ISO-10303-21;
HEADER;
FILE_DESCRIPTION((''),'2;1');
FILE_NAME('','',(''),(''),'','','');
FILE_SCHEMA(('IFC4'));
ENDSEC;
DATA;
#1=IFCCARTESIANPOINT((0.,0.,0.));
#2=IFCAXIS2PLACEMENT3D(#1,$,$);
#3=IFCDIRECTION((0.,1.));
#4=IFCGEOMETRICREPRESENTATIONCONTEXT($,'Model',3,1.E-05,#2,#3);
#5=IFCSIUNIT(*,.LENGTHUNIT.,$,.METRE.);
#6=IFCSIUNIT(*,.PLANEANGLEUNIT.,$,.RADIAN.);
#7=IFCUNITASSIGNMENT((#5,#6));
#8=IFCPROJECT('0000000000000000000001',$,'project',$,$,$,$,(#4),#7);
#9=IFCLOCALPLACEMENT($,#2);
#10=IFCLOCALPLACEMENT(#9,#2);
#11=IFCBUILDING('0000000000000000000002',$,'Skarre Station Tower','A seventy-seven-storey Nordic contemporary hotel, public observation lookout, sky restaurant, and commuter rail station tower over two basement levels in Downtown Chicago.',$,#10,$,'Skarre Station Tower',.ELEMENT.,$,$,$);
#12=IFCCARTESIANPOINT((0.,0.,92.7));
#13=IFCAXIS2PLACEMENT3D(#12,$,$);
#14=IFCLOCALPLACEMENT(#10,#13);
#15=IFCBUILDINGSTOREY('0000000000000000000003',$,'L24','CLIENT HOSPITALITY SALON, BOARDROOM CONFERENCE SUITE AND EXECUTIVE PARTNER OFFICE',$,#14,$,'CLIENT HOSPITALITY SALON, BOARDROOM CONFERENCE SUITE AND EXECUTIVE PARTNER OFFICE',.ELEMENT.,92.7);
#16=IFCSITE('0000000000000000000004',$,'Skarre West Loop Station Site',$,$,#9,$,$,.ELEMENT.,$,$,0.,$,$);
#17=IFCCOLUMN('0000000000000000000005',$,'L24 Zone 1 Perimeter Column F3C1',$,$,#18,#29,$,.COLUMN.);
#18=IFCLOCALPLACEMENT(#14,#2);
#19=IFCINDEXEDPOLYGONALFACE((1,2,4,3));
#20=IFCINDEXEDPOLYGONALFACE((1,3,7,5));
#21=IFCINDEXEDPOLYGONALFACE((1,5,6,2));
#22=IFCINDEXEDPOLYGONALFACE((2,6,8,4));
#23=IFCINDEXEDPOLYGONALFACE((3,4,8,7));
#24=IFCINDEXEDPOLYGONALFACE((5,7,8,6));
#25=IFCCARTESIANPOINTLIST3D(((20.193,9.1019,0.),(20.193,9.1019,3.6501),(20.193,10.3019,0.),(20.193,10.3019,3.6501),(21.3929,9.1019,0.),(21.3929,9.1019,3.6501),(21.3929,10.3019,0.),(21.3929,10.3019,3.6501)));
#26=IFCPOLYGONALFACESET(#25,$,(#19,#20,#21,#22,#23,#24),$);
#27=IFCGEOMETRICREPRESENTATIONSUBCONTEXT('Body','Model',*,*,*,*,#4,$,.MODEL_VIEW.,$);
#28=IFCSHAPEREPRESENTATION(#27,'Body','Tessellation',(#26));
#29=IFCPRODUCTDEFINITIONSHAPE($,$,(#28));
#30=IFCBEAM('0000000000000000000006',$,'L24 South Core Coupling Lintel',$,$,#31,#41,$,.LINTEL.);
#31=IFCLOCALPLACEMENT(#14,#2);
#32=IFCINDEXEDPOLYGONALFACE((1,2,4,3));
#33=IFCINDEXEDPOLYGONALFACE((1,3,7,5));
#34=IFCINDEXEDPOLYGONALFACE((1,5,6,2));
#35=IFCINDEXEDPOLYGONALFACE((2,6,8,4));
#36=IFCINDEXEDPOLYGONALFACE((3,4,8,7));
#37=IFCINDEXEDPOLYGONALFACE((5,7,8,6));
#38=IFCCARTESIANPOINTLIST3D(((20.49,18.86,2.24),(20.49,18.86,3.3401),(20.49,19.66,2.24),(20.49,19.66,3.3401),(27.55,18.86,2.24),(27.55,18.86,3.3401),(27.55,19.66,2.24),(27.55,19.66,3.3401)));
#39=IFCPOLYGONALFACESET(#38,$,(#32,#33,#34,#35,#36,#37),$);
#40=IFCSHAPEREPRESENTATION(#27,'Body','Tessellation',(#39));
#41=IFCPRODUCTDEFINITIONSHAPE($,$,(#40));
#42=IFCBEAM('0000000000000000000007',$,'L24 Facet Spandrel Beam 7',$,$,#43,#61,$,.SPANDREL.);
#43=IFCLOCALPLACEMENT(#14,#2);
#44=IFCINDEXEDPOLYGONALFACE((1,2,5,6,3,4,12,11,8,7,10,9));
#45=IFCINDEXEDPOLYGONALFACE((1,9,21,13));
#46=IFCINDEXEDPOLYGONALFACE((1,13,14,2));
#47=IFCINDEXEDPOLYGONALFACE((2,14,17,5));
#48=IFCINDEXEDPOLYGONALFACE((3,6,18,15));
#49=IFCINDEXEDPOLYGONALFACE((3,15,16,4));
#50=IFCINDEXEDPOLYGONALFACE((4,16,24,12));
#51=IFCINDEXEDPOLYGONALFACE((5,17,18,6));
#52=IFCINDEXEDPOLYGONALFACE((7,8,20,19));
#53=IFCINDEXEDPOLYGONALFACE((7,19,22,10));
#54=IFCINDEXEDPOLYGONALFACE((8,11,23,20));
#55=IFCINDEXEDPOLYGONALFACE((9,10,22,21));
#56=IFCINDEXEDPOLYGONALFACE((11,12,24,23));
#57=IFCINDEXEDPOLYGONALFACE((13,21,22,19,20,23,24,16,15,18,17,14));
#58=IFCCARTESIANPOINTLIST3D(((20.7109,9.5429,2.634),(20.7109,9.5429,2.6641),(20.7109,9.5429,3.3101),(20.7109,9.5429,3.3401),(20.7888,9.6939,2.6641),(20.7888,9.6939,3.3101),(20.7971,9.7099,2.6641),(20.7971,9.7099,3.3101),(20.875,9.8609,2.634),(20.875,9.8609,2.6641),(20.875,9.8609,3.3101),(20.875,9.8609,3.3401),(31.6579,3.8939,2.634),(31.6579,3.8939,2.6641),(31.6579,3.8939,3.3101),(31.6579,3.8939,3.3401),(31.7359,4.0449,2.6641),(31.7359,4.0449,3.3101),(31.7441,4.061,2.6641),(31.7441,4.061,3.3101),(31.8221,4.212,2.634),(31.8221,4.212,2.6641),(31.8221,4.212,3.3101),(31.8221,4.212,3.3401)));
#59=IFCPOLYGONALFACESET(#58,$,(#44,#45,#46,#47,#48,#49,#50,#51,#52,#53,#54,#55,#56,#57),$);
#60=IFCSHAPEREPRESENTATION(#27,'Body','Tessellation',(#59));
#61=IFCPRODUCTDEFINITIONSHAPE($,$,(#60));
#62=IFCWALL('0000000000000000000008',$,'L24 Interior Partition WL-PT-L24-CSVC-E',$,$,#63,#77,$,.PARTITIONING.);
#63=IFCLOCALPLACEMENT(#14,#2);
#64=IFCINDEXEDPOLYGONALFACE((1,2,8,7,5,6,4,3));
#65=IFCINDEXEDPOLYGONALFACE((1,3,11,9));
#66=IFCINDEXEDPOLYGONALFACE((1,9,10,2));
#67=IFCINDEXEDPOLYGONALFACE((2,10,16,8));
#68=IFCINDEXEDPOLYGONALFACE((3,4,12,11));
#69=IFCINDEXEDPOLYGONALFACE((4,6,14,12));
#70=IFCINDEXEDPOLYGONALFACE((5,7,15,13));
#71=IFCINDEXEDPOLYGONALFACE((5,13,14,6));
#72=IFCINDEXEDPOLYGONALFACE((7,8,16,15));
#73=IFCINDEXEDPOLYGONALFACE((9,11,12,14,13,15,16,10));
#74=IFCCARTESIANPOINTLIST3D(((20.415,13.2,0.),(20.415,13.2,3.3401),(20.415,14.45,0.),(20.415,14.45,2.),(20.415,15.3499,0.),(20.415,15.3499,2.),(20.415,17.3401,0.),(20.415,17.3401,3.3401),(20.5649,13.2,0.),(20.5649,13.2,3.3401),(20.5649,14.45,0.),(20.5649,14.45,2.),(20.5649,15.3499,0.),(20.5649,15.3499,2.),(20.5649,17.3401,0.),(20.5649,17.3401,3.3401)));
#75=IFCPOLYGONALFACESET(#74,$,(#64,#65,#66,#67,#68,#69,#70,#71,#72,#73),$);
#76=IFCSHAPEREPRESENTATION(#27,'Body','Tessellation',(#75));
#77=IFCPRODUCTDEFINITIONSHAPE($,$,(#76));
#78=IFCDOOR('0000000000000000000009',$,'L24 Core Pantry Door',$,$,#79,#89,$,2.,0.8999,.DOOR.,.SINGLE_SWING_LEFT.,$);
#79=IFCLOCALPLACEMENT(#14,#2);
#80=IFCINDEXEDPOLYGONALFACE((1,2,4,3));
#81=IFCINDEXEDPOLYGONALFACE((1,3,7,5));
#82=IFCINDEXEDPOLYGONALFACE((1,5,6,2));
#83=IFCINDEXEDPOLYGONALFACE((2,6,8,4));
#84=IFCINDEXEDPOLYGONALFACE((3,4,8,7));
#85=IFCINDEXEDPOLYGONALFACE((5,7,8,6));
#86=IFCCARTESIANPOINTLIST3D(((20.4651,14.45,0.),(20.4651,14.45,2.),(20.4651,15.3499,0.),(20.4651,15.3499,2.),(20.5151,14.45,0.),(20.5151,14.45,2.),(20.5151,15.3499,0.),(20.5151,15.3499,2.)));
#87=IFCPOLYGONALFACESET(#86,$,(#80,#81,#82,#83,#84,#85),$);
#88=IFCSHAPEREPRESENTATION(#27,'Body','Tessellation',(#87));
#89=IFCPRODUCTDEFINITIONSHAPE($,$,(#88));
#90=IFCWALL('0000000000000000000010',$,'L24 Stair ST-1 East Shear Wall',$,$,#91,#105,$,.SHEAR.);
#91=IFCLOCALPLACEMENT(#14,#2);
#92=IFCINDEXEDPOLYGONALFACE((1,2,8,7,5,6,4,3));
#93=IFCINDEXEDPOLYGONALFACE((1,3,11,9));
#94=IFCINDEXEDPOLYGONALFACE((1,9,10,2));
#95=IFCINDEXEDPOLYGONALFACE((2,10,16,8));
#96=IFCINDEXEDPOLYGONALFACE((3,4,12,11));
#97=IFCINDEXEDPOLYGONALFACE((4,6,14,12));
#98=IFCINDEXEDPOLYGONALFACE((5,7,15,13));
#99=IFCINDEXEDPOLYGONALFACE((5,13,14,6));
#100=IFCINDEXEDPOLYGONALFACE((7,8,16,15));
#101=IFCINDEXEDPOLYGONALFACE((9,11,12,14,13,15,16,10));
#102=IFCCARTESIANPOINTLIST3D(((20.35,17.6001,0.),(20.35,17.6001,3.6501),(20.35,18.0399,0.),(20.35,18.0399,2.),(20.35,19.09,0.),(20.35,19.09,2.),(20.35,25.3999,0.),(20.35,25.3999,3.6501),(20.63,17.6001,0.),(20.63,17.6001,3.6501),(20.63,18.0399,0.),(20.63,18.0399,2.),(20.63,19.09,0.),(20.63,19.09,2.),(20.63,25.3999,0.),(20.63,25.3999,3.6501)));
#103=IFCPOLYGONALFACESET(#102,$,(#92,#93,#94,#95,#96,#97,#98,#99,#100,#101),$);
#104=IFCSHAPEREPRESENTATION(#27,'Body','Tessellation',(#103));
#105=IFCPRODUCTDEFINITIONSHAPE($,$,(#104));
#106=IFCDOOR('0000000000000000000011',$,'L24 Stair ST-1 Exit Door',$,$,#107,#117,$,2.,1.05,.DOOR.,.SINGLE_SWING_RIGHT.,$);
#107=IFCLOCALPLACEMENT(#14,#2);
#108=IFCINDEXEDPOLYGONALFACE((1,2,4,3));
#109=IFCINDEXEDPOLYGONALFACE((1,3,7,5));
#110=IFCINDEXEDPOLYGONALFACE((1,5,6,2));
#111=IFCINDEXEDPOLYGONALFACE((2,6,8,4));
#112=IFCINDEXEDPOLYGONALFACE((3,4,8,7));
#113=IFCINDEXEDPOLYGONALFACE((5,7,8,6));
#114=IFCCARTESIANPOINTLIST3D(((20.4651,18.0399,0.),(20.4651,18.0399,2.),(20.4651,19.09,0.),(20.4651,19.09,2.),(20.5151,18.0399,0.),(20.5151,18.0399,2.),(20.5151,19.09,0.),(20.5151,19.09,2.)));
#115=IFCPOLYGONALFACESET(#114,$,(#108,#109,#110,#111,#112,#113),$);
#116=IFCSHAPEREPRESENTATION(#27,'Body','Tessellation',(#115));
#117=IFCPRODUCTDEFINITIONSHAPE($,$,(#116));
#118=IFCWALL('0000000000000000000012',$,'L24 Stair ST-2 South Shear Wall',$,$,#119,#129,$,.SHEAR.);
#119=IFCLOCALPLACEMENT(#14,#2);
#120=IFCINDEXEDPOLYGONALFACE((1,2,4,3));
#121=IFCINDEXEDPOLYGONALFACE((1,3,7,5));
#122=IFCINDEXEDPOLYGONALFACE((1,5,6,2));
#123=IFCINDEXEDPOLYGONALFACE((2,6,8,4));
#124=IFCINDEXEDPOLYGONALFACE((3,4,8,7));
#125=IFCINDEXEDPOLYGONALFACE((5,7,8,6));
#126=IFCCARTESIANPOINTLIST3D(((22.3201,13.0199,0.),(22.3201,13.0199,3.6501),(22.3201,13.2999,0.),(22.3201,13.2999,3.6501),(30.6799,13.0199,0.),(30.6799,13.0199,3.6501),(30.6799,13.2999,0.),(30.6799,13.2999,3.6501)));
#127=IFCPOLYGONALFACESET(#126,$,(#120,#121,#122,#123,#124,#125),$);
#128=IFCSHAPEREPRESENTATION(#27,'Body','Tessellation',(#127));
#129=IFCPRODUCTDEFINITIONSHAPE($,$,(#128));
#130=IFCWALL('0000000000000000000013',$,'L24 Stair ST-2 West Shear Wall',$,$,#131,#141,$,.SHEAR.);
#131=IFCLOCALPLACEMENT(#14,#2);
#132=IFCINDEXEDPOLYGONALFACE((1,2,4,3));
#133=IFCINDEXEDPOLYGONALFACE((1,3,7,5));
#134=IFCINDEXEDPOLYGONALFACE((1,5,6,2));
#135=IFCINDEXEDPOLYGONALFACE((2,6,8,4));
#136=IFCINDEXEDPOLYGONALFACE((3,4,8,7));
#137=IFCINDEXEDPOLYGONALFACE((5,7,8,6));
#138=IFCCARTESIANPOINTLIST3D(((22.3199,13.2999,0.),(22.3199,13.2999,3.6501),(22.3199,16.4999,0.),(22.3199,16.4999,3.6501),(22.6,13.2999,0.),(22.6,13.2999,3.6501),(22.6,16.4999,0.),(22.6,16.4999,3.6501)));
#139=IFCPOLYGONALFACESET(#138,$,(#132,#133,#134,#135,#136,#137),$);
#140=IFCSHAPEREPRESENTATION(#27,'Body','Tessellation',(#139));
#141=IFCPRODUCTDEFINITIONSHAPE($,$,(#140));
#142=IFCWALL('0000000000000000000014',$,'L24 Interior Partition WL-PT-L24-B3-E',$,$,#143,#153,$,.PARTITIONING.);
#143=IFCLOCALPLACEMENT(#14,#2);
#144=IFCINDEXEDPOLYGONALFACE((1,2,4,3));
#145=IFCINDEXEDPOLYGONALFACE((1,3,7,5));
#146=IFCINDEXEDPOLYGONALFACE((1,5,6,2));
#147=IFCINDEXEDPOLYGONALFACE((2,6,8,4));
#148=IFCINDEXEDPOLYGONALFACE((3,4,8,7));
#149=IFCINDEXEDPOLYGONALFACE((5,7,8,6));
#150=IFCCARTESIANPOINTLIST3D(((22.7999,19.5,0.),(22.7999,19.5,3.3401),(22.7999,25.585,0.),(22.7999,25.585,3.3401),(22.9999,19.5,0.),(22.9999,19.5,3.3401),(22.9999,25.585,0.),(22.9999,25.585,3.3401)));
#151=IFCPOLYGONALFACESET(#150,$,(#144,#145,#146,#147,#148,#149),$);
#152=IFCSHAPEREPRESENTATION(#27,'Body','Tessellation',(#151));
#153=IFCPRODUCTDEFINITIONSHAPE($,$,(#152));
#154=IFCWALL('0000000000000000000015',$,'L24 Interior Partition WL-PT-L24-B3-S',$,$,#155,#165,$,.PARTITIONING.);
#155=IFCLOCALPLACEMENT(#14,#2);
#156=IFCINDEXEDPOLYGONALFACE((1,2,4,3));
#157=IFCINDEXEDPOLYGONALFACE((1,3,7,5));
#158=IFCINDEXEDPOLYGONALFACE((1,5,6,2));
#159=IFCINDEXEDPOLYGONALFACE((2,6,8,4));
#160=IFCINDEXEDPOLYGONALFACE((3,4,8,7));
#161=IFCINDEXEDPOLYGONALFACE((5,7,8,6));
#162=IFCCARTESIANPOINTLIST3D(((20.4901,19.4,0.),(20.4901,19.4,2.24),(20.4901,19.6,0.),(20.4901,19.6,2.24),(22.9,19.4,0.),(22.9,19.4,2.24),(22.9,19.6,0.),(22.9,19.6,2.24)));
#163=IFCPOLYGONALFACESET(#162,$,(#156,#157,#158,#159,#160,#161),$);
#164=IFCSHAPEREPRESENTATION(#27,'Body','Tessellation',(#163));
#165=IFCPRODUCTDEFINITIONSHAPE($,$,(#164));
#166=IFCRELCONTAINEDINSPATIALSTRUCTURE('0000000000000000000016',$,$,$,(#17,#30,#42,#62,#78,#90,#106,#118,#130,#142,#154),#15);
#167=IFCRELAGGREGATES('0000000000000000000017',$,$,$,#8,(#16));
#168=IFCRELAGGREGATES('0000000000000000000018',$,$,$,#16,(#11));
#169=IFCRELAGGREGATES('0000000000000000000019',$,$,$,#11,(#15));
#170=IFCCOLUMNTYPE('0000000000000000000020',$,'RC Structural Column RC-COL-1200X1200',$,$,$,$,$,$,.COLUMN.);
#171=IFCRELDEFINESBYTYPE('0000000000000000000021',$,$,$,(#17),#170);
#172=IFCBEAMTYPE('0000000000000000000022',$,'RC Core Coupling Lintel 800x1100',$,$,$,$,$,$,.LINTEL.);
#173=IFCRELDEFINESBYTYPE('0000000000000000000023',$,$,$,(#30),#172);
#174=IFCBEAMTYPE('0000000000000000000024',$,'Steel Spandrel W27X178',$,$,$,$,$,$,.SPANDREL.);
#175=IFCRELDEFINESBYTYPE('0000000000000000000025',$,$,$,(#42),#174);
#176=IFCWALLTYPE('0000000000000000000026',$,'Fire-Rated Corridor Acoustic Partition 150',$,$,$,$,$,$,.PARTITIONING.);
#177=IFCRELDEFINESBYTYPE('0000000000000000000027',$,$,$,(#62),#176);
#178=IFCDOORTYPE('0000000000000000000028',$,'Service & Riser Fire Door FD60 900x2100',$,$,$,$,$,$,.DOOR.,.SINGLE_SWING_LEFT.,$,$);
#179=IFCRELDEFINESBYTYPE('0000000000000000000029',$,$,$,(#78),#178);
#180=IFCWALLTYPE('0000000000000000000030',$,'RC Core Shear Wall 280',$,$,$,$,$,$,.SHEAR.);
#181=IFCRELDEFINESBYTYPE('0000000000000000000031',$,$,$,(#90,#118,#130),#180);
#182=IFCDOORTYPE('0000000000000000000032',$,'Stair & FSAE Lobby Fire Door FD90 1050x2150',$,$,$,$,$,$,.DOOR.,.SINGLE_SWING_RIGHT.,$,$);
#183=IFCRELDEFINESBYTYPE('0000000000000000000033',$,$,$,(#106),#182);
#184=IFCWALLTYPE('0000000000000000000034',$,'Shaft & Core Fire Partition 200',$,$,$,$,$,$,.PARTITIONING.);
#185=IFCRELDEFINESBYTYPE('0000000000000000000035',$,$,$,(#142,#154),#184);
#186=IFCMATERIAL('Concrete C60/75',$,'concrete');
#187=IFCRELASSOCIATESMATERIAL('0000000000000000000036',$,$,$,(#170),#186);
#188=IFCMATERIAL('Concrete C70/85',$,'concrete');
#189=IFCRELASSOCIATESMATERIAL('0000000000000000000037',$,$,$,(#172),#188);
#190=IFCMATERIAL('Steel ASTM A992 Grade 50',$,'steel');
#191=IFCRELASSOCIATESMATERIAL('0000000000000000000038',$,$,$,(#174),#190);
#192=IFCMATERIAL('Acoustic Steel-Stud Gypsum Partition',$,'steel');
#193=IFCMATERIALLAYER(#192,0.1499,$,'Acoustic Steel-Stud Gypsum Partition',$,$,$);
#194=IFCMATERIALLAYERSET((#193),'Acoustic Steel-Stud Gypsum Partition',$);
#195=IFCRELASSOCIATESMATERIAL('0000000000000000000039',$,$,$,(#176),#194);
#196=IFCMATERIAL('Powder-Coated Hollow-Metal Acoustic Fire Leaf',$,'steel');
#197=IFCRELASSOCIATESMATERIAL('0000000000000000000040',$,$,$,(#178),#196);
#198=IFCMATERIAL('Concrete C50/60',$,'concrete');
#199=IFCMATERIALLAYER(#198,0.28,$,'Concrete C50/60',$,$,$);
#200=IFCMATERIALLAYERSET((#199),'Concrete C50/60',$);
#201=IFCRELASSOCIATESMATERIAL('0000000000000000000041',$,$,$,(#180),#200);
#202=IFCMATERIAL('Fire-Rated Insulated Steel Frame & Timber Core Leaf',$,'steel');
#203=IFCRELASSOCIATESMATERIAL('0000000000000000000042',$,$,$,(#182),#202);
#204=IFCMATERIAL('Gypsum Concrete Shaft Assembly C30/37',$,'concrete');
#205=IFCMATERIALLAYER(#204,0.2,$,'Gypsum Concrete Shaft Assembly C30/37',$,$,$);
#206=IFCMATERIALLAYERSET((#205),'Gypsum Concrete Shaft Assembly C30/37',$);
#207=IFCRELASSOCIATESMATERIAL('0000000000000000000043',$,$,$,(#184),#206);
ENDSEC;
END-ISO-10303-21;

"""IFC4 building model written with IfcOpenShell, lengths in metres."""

from ifc_helpers import new_model, si_unit, direction, frame, frame_2d, origin, origin_2d, place, context, subcontext, project, spatial, rectangle, i_section, extrude, material, layer, layer_set, material_profile, profile_set, type_object, element, fill, save


model = new_model("IFC4")

# Units and contexts
model_context = context("Model", 3, precision=1e-05, world=origin(), true_north=direction((0.0, 1.0)))
body_context = subcontext(model_context, "Body", "Model", "MODEL_VIEW")
ifc_project = project(units=[si_unit("LENGTHUNIT", "METRE"), si_unit("PLANEANGLEUNIT", "RADIAN")], contexts=[model_context])

# Site, building, storey
site_placement = place(None, origin())
site = spatial("IfcSite", under=ifc_project, at=site_placement, Name="Skarre West Loop Station Site", CompositionType="ELEMENT", RefElevation=0.0)
building_placement = place(site_placement, origin())
building = spatial("IfcBuilding", under=site, at=building_placement, Name="Skarre Station Tower", Description="A seventy-seven-storey Nordic contemporary hotel, public observation lookout, sky restaurant, and commuter rail station tower over two basement levels in Downtown Chicago.", LongName="Skarre Station Tower", CompositionType="ELEMENT")
storey_placement = place(building_placement, frame((0.0, 0.0, 92.7)))
storey = spatial("IfcBuildingStorey", under=building, at=storey_placement, Name="L24", Description="CLIENT HOSPITALITY SALON, BOARDROOM CONFERENCE SUITE AND EXECUTIVE PARTNER OFFICE", LongName="CLIENT HOSPITALITY SALON, BOARDROOM CONFERENCE SUITE AND EXECUTIVE PARTNER OFFICE", CompositionType="ELEMENT", Elevation=92.7)

# Column
ifc_material_1 = material(Name="Concrete C60/75", Category="concrete")
ifc_material_profile_1 = material_profile(ifc_material_1, rectangle(XDim=1.2, YDim=1.2, at=origin_2d()), Name="Concrete C60/75")
ifc_profile_set_1 = profile_set([ifc_material_profile_1], Name="Concrete C60/75")
column_type = type_object("IfcColumnType", Name="RC Structural Column RC-COL-1200X1200", PredefinedType="COLUMN", material=ifc_profile_set_1)
column_placement = place(storey_placement, frame((20.793, 9.7019, 0.0), z_axis=(0.0, 0.0, 1.0), x_axis=(1.0, 0.0, 0.0)))
element("IfcColumn", 1, at=column_placement, inside=storey, type_object=column_type, Name="L24 Zone 1 Perimeter Column F3C1", PredefinedType="COLUMN", context=body_context, shape_type="SweptSolid", body=[
    extrude(rectangle(XDim=1.2, YDim=1.2, at=origin_2d()), origin(), (0.0, 0.0, 1.0), 3.6501),
])

# Beams
ifc_material_2 = material(Name="Concrete C70/85", Category="concrete")
ifc_material_profile_2 = material_profile(ifc_material_2, rectangle(XDim=0.8, YDim=1.1001, at=origin_2d()), Name="Concrete C70/85")
ifc_profile_set_2 = profile_set([ifc_material_profile_2], Name="Concrete C70/85")
beam_type_1 = type_object("IfcBeamType", Name="RC Core Coupling Lintel 800x1100", PredefinedType="LINTEL", material=ifc_profile_set_2)
beam_1_placement = place(storey_placement, frame((20.49, 19.26, 2.79), z_axis=(1.0, 0.0, 0.0), x_axis=(0.0, 1.0, 0.0)))
element("IfcBeam", 2, at=beam_1_placement, inside=storey, type_object=beam_type_1, Name="L24 South Core Coupling Lintel", PredefinedType="LINTEL", context=body_context, shape_type="SweptSolid", body=[
    extrude(rectangle(XDim=0.8, YDim=1.1001, at=origin_2d()), origin(), (0.0, 0.0, 1.0), 7.0601),
])
ifc_material_3 = material(Name="Steel ASTM A992 Grade 50", Category="steel")
ifc_material_profile_3 = material_profile(ifc_material_3, i_section(OverallWidth=0.3579, OverallDepth=0.7061, WebThickness=0.0181, FlangeThickness=0.03, at=origin_2d()), Name="Steel ASTM A992 Grade 50")
ifc_profile_set_3 = profile_set([ifc_material_profile_3], Name="Steel ASTM A992 Grade 50")
beam_type_2 = type_object("IfcBeamType", Name="Steel Spandrel W27X178", PredefinedType="SPANDREL", material=ifc_profile_set_3)
beam_2_placement = place(storey_placement, frame((20.793, 9.7019, 2.9871), z_axis=(0.888659, -0.458569, 0.0), x_axis=(0.458569, 0.888659, 0.0)))
element("IfcBeam", 3, at=beam_2_placement, inside=storey, type_object=beam_type_2, Name="L24 Facet Spandrel Beam 7", PredefinedType="SPANDREL", context=body_context, shape_type="SweptSolid", body=[
    extrude(i_section(OverallWidth=0.3579, OverallDepth=0.7061, WebThickness=0.0181, FlangeThickness=0.03, at=origin_2d()), origin(), (0.0, 0.0, 1.0), 12.3186),
])

# Walls, openings, doors
ifc_material_4 = material(Name="Acoustic Steel-Stud Gypsum Partition", Category="steel")
ifc_layer_1 = layer(ifc_material_4, 0.1499, Name="Acoustic Steel-Stud Gypsum Partition")
ifc_layer_set_1 = layer_set([ifc_layer_1], Name="Acoustic Steel-Stud Gypsum Partition")
wall_type_1 = type_object("IfcWallType", Name="Fire-Rated Corridor Acoustic Partition 150", PredefinedType="PARTITIONING", material=ifc_layer_set_1)
wall_1_placement = place(storey_placement, frame((20.49, 13.2, 0.0), z_axis=(0.0, 0.0, 1.0), x_axis=(0.0, 1.0, 0.0)))
wall_1 = element("IfcWall", 4, at=wall_1_placement, inside=storey, type_object=wall_type_1, Name="L24 Interior Partition WL-PT-L24-CSVC-E", PredefinedType="PARTITIONING", context=body_context, shape_type="SweptSolid", body=[
    extrude(rectangle(XDim=4.1401, YDim=0.1499, at=frame_2d((2.0701, 0.0))), origin(), (0.0, 0.0, 1.0), 3.3401),
])
opening_1_placement = place(wall_1_placement, frame((1.25, 0.0, 0.0)))
opening_1 = element("IfcOpeningElement", 5, at=opening_1_placement, cuts=wall_1, PredefinedType="OPENING", context=body_context, shape_type="SweptSolid", body=[
    extrude(rectangle(XDim=0.8999, YDim=2.0, at=frame_2d((0.45, 1.0))), frame((0.0, 0.085, 0.0), z_axis=(0.0, -1.0, 0.0), x_axis=(1.0, 0.0, 0.0)), (0.0, 0.0, 1.0), 0.1699),
])
ifc_material_5 = material(Name="Powder-Coated Hollow-Metal Acoustic Fire Leaf", Category="steel")
door_type_1 = type_object("IfcDoorType", Name="Service & Riser Fire Door FD60 900x2100", OperationType="SINGLE_SWING_LEFT", PredefinedType="DOOR", material=ifc_material_5)
door_1_placement = place(opening_1_placement, origin())
door_1 = element("IfcDoor", 6, at=door_1_placement, inside=storey, type_object=door_type_1, Name="L24 Core Pantry Door", OperationType="SINGLE_SWING_LEFT", OverallHeight=2.0, OverallWidth=0.8999, PredefinedType="DOOR", context=body_context, shape_type="SweptSolid", body=[
    extrude(rectangle(XDim=0.8999, YDim=2.0, at=frame_2d((0.45, 1.0))), frame((0.0, 0.0249, 0.0), z_axis=(0.0, -1.0, 0.0), x_axis=(1.0, 0.0, 0.0)), (0.0, 0.0, 1.0), 0.05),
])
fill(opening_1, door_1)
ifc_material_6 = material(Name="Concrete C50/60", Category="concrete")
ifc_layer_2 = layer(ifc_material_6, 0.28, Name="Concrete C50/60")
ifc_layer_set_2 = layer_set([ifc_layer_2], Name="Concrete C50/60")
wall_type_2 = type_object("IfcWallType", Name="RC Core Shear Wall 280", PredefinedType="SHEAR", material=ifc_layer_set_2)
wall_2_placement = place(storey_placement, frame((20.49, 17.6001, 0.0), z_axis=(0.0, 0.0, 1.0), x_axis=(0.0, 1.0, 0.0)))
wall_2 = element("IfcWall", 7, at=wall_2_placement, inside=storey, type_object=wall_type_2, Name="L24 Stair ST-1 East Shear Wall", PredefinedType="SHEAR", context=body_context, shape_type="SweptSolid", body=[
    extrude(rectangle(XDim=7.7998, YDim=0.28, at=frame_2d((3.8999, 0.0))), origin(), (0.0, 0.0, 1.0), 3.6501),
])
opening_2_placement = place(wall_2_placement, frame((0.4399, 0.0, 0.0)))
opening_2 = element("IfcOpeningElement", 8, at=opening_2_placement, cuts=wall_2, PredefinedType="OPENING", context=body_context, shape_type="SweptSolid", body=[
    extrude(rectangle(XDim=1.05, YDim=2.0, at=frame_2d((0.5249, 1.0))), frame((0.0, 0.1499, 0.0), z_axis=(0.0, -1.0, 0.0), x_axis=(1.0, 0.0, 0.0)), (0.0, 0.0, 1.0), 0.3),
])
ifc_material_7 = material(Name="Fire-Rated Insulated Steel Frame & Timber Core Leaf", Category="steel")
door_type_2 = type_object("IfcDoorType", Name="Stair & FSAE Lobby Fire Door FD90 1050x2150", OperationType="SINGLE_SWING_RIGHT", PredefinedType="DOOR", material=ifc_material_7)
door_2_placement = place(opening_2_placement, origin())
door_2 = element("IfcDoor", 9, at=door_2_placement, inside=storey, type_object=door_type_2, Name="L24 Stair ST-1 Exit Door", OperationType="SINGLE_SWING_RIGHT", OverallHeight=2.0, OverallWidth=1.05, PredefinedType="DOOR", context=body_context, shape_type="SweptSolid", body=[
    extrude(rectangle(XDim=1.05, YDim=2.0, at=frame_2d((0.5249, 1.0))), frame((0.0, 0.0249, 0.0), z_axis=(0.0, -1.0, 0.0), x_axis=(1.0, 0.0, 0.0)), (0.0, 0.0, 1.0), 0.05),
])
fill(opening_2, door_2)

# Walls
wall_3_placement = place(storey_placement, frame((22.3201, 13.1599, 0.0), z_axis=(0.0, 0.0, 1.0), x_axis=(1.0, 0.0, 0.0)))
element("IfcWall", 10, at=wall_3_placement, inside=storey, type_object=wall_type_2, Name="L24 Stair ST-2 South Shear Wall", PredefinedType="SHEAR", context=body_context, shape_type="SweptSolid", body=[
    extrude(rectangle(XDim=8.3599, YDim=0.28, at=frame_2d((4.1799, 0.0))), origin(), (0.0, 0.0, 1.0), 3.6501),
])
wall_4_placement = place(storey_placement, frame((22.46, 16.5, 0.0), z_axis=(0.0, 0.0, 1.0), x_axis=(0.0, -1.0, 0.0)))
element("IfcWall", 11, at=wall_4_placement, inside=storey, type_object=wall_type_2, Name="L24 Stair ST-2 West Shear Wall", PredefinedType="SHEAR", context=body_context, shape_type="SweptSolid", body=[
    extrude(rectangle(XDim=3.2, YDim=0.28, at=frame_2d((1.6001, 0.0))), origin(), (0.0, 0.0, 1.0), 3.6501),
])
ifc_material_8 = material(Name="Gypsum Concrete Shaft Assembly C30/37", Category="concrete")
ifc_layer_3 = layer(ifc_material_8, 0.2, Name="Gypsum Concrete Shaft Assembly C30/37")
ifc_layer_set_3 = layer_set([ifc_layer_3], Name="Gypsum Concrete Shaft Assembly C30/37")
wall_type_3 = type_object("IfcWallType", Name="Shaft & Core Fire Partition 200", PredefinedType="PARTITIONING", material=ifc_layer_set_3)
wall_5_placement = place(storey_placement, frame((22.8999, 19.5, 0.0), z_axis=(0.0, 0.0, 1.0), x_axis=(0.0, 1.0, 0.0)))
element("IfcWall", 12, at=wall_5_placement, inside=storey, type_object=wall_type_3, Name="L24 Interior Partition WL-PT-L24-B3-E", PredefinedType="PARTITIONING", context=body_context, shape_type="SweptSolid", body=[
    extrude(rectangle(XDim=6.085, YDim=0.2, at=frame_2d((3.0425, 0.0))), origin(), (0.0, 0.0, 1.0), 3.3401),
])
wall_6_placement = place(storey_placement, frame((20.49, 19.5, 0.0), z_axis=(0.0, 0.0, 1.0), x_axis=(1.0, 0.0, 0.0)))
element("IfcWall", 13, at=wall_6_placement, inside=storey, type_object=wall_type_3, Name="L24 Interior Partition WL-PT-L24-B3-S", PredefinedType="PARTITIONING", context=body_context, shape_type="SweptSolid", body=[
    extrude(rectangle(XDim=2.4099, YDim=0.2, at=frame_2d((1.2051, 0.0))), origin(), (0.0, 0.0, 1.0), 2.24),
])

save(model, "model.ifc")
